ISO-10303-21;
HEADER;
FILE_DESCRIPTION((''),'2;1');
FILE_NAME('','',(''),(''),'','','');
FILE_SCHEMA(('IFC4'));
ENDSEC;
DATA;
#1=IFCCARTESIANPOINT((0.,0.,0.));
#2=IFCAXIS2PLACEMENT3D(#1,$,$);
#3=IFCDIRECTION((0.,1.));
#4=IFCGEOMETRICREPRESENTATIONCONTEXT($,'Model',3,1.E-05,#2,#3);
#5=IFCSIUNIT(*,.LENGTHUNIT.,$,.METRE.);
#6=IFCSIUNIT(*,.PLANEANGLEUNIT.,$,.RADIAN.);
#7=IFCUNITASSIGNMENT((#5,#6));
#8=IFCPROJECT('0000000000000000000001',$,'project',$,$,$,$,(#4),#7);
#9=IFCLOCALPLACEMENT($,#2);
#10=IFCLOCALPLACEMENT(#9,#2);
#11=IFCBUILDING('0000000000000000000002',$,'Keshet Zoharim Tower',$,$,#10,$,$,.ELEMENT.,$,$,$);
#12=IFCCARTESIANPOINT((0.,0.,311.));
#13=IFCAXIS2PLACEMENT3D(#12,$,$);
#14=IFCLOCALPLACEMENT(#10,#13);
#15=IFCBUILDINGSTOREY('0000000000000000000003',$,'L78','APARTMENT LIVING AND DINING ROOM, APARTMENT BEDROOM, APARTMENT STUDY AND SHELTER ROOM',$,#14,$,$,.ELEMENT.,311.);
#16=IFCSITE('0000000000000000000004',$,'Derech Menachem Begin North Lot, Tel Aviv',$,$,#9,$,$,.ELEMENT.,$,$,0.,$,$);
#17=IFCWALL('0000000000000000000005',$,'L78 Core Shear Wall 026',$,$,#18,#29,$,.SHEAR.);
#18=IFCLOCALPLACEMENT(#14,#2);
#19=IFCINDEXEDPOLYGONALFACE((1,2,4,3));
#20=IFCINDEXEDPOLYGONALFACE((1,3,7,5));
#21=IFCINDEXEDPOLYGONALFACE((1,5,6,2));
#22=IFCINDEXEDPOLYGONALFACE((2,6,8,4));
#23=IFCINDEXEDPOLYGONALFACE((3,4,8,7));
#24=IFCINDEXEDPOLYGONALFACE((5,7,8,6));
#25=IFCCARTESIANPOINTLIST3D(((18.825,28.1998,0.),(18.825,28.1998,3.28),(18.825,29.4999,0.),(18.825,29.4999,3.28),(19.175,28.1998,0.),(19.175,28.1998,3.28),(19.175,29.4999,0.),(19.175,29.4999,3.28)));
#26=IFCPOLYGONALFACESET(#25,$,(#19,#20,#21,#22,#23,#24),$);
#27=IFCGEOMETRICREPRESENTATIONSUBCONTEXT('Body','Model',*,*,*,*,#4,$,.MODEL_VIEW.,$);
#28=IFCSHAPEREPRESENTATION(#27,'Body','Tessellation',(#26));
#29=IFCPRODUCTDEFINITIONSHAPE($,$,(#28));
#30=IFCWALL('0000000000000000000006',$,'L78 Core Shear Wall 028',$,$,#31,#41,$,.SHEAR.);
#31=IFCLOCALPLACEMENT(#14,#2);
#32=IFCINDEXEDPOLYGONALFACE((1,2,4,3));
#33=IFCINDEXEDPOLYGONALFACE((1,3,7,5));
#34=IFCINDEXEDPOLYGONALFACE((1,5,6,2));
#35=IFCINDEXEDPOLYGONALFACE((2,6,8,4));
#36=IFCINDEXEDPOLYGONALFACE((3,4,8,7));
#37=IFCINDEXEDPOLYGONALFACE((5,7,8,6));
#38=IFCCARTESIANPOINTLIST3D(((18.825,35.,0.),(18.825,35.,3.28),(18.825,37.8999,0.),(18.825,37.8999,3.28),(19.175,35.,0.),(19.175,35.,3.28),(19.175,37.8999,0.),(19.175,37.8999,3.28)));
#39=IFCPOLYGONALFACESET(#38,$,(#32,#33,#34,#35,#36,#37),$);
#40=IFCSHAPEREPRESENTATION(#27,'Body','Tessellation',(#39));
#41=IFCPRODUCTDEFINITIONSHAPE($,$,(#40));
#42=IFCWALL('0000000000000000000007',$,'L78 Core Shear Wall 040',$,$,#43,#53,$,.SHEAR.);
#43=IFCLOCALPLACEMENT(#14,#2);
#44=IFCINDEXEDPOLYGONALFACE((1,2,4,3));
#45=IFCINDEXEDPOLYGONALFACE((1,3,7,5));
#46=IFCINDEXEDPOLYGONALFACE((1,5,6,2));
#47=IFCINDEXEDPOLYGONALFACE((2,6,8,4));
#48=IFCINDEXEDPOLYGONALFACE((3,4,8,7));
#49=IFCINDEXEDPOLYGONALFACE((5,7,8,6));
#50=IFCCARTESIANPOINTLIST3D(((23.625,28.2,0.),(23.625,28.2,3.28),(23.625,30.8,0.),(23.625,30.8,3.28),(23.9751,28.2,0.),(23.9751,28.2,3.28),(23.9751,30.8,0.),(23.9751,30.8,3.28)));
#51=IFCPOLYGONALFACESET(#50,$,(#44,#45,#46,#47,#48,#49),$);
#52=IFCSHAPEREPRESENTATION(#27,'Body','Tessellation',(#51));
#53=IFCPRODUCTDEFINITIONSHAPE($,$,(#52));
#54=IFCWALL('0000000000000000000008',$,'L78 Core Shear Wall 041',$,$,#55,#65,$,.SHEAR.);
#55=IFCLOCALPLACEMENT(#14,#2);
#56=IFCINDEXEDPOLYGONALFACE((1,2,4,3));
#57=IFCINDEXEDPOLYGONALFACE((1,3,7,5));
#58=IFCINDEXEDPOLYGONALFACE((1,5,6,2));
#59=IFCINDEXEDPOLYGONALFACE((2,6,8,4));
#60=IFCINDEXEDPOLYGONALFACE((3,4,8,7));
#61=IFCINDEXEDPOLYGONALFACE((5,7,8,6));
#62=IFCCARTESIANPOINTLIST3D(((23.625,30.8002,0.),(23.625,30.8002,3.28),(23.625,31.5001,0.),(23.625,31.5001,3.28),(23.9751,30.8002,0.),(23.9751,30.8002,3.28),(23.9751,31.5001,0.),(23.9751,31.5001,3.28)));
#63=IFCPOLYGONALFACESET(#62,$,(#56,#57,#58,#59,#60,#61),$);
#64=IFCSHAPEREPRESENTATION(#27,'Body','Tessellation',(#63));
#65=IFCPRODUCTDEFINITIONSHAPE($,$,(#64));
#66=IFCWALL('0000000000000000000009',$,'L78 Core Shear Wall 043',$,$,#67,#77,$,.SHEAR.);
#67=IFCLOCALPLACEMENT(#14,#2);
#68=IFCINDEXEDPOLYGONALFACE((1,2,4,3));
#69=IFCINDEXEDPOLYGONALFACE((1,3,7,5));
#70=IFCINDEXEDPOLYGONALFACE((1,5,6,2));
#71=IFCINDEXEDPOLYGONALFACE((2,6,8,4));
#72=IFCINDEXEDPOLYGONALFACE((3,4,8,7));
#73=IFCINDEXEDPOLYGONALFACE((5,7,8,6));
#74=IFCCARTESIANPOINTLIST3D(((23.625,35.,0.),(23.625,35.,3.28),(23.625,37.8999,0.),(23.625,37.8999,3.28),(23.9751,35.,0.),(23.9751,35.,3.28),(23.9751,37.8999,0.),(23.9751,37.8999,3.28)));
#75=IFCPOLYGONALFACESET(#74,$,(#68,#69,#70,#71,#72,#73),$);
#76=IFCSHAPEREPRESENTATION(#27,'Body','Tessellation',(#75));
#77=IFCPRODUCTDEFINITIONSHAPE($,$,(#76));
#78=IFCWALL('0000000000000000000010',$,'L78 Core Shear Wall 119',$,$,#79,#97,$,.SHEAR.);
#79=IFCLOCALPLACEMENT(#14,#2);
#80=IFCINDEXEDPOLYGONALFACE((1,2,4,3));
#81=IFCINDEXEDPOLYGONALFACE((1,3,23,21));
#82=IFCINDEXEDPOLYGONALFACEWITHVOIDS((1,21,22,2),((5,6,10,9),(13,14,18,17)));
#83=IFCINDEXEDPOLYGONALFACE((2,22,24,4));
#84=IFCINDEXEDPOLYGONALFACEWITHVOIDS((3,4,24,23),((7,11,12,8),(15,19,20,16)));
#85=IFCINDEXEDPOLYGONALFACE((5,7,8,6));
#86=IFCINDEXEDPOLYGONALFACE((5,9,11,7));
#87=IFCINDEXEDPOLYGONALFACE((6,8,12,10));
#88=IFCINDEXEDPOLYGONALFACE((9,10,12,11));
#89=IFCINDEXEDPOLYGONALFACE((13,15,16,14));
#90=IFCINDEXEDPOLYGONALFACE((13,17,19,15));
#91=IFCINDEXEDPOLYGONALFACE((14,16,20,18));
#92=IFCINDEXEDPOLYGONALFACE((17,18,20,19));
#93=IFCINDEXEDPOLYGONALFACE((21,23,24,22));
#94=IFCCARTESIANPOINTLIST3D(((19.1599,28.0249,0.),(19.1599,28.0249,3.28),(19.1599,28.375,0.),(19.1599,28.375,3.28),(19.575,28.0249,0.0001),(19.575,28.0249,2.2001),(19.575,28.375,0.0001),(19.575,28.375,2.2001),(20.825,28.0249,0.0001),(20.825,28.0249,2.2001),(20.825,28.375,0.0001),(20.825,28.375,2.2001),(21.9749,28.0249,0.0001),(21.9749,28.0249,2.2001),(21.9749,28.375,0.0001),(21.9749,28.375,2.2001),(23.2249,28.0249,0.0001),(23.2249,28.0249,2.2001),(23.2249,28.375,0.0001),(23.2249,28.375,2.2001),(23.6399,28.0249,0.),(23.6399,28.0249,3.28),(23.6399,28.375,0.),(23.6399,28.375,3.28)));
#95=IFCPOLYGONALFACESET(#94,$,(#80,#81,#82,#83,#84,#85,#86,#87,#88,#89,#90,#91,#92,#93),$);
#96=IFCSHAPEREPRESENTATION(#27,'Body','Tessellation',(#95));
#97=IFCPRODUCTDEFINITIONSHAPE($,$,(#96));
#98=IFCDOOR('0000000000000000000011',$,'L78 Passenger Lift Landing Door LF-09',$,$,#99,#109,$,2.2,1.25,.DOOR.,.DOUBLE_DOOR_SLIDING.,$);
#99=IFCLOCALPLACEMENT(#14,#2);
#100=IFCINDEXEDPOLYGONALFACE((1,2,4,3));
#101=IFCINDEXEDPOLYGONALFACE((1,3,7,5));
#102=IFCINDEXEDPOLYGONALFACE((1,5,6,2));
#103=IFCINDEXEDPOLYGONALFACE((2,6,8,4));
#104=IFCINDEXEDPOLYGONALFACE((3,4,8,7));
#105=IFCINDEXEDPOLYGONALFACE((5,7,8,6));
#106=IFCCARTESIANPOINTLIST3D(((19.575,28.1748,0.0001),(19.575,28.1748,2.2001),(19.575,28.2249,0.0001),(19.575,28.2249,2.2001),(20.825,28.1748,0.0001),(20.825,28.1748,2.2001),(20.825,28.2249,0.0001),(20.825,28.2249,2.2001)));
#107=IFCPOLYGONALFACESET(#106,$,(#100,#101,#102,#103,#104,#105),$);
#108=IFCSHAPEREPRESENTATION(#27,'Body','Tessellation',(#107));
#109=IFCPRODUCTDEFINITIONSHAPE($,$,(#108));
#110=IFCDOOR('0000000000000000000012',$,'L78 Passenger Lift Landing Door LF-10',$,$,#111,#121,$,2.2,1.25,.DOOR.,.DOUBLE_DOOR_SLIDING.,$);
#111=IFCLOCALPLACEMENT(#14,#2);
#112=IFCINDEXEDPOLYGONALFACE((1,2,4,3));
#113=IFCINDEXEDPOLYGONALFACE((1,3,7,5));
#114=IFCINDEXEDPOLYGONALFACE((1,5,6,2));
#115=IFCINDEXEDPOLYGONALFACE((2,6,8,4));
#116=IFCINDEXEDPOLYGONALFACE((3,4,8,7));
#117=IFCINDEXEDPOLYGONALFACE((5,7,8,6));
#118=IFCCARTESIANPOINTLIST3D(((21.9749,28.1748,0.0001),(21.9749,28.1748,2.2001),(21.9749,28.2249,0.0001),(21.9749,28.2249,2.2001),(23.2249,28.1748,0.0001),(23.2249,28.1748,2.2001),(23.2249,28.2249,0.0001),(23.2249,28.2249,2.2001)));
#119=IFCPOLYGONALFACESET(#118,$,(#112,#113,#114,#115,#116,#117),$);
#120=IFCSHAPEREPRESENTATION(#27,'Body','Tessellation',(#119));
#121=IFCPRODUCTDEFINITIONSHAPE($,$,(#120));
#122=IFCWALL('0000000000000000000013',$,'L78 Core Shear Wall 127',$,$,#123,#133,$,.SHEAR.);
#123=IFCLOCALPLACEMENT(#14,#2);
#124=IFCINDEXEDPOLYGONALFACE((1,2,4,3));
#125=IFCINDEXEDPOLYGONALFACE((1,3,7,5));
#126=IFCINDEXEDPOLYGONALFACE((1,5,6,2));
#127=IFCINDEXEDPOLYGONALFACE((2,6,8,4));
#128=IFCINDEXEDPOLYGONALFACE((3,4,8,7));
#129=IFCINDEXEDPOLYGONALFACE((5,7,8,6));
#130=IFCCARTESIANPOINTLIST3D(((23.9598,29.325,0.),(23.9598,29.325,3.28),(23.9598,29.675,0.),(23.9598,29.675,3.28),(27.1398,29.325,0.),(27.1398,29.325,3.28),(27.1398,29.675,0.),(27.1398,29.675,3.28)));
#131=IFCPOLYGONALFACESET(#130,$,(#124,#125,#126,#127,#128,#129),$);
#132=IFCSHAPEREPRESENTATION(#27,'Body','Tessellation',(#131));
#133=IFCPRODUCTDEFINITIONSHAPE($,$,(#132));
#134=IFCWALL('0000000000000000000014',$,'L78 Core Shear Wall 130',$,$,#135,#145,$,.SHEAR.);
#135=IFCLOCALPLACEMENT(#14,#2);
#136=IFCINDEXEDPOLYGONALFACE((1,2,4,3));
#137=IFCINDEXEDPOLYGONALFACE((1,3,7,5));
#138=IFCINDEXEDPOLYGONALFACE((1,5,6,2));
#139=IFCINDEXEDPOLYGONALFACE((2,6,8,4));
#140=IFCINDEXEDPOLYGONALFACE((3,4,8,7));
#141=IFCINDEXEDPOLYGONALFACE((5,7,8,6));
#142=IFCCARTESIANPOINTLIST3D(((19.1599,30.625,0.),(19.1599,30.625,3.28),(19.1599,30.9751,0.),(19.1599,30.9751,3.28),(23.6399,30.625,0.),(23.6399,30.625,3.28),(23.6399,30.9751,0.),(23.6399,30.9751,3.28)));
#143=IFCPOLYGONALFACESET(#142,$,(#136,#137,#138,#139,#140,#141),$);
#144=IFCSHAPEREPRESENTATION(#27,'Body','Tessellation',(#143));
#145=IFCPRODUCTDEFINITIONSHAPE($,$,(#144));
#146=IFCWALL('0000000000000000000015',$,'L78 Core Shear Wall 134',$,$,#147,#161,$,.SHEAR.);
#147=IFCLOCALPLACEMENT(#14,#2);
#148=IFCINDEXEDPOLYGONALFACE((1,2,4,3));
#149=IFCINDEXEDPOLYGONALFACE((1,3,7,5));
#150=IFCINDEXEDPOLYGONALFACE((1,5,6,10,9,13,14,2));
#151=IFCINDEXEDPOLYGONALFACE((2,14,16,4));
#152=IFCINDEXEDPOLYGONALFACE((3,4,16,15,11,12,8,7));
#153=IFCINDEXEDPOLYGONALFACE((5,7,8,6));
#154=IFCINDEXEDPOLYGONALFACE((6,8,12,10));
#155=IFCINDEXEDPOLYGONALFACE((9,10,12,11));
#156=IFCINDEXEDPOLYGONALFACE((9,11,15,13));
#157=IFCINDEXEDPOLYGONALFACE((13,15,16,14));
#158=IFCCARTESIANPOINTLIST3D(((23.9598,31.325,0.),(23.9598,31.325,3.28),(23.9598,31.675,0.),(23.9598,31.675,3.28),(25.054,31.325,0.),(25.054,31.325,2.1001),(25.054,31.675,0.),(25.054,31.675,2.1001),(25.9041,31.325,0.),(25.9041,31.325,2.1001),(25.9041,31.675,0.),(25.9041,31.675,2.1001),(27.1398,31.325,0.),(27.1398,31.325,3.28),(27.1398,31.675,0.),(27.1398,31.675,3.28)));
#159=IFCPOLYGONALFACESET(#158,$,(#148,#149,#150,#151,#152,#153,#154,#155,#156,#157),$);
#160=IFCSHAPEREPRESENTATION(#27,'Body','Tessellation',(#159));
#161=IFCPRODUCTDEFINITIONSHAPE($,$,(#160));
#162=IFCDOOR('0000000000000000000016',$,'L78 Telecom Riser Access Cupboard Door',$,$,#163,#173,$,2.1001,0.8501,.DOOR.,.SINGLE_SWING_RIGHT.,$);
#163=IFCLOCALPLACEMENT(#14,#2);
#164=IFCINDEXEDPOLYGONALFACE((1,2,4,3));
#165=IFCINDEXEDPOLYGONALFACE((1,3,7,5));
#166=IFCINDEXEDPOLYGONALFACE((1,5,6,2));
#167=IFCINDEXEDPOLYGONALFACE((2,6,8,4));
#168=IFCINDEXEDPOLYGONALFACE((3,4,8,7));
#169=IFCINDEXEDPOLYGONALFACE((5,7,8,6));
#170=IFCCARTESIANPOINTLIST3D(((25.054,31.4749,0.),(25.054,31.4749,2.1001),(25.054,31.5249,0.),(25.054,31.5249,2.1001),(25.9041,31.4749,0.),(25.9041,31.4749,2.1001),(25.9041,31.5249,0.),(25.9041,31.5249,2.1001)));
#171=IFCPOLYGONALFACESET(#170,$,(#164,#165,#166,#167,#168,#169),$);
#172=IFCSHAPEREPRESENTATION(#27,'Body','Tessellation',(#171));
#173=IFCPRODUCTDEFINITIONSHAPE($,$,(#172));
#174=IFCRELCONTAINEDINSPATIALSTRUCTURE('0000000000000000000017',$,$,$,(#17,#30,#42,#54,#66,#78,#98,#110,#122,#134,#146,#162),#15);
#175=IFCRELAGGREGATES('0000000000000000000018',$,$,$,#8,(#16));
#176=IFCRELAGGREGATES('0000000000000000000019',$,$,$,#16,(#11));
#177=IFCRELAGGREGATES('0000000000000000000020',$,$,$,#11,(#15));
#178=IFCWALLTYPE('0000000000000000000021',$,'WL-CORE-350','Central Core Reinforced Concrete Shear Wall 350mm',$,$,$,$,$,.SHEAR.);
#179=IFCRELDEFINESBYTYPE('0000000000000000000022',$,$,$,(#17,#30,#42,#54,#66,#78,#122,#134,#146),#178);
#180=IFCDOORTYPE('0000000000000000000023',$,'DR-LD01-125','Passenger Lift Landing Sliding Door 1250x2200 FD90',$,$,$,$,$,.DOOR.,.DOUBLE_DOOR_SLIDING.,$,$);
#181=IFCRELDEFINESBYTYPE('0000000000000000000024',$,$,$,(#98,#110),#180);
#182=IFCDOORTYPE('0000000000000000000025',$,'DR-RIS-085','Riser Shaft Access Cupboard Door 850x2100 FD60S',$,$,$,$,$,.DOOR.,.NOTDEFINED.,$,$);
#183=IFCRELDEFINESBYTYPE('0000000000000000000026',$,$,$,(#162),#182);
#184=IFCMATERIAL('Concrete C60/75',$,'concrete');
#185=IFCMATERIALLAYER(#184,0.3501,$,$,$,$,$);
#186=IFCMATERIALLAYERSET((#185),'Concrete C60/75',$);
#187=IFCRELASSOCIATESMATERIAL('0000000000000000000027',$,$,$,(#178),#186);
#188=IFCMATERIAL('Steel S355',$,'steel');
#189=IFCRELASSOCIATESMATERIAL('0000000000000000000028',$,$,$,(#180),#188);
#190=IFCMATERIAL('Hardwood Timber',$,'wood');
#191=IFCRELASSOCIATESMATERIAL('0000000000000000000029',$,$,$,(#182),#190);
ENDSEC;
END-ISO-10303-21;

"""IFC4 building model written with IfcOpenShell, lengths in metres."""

from ifc_helpers import new_model, si_unit, direction, frame, frame_2d, origin, place, context, subcontext, project, spatial, rectangle, extrude, material, layer, layer_set, type_object, element, fill, save


model = new_model("IFC4")

# Units and contexts
model_context = context("Model", 3, precision=1e-05, world=origin(), true_north=direction((0.0, 1.0)))
body_context = subcontext(model_context, "Body", "Model", "MODEL_VIEW")
ifc_project = project(units=[si_unit("LENGTHUNIT", "METRE"), si_unit("PLANEANGLEUNIT", "RADIAN")], contexts=[model_context])

# Site, building, storey
site_placement = place(None, origin())
site = spatial("IfcSite", under=ifc_project, at=site_placement, Name="Derech Menachem Begin North Lot, Tel Aviv", CompositionType="ELEMENT", RefElevation=0.0)
building_placement = place(site_placement, origin())
building = spatial("IfcBuilding", under=site, at=building_placement, Name="Keshet Zoharim Tower", CompositionType="ELEMENT")
storey_placement = place(building_placement, frame((0.0, 0.0, 311.0)))
storey = spatial("IfcBuildingStorey", under=building, at=storey_placement, Name="L78", Description="APARTMENT LIVING AND DINING ROOM, APARTMENT BEDROOM, APARTMENT STUDY AND SHELTER ROOM", CompositionType="ELEMENT", Elevation=311.0)

# Wall
ifc_material_1 = material(Name="Concrete C60/75", Category="concrete")
ifc_layer_1 = layer(ifc_material_1, 0.3501)
ifc_layer_set_1 = layer_set([ifc_layer_1], Name="Concrete C60/75")
wall_type_1 = type_object("IfcWallType", Name="WL-CORE-350", Description="Central Core Reinforced Concrete Shear Wall 350mm", PredefinedType="SHEAR", material=ifc_layer_set_1)
wall_1_placement = place(storey_placement, frame((19.0, 28.2, 0.0), z_axis=(0.0, 0.0, 1.0), x_axis=(0.0, 1.0, 0.0)))
element("IfcWall", 1, at=wall_1_placement, inside=storey, type_object=wall_type_1, Name="L78 Core Shear Wall 026", PredefinedType="SHEAR", context=body_context, shape_type="SweptSolid", body=[
    extrude(rectangle(XDim=1.3, YDim=0.3501, at=frame_2d((0.6499, 0.0))), origin(), (0.0, 0.0, 1.0), 3.28),
])

# Shared definitions
ifc_material_2 = material(Name="Hardwood Timber", Category="wood")

# Walls
wall_2_placement = place(storey_placement, frame((19.0, 35.0, 0.0), z_axis=(0.0, 0.0, 1.0), x_axis=(0.0, 1.0, 0.0)))
element("IfcWall", 2, at=wall_2_placement, inside=storey, type_object=wall_type_1, Name="L78 Core Shear Wall 028", PredefinedType="SHEAR", context=body_context, shape_type="SweptSolid", body=[
    extrude(rectangle(XDim=2.8999, YDim=0.3501, at=frame_2d((1.45, 0.0))), origin(), (0.0, 0.0, 1.0), 3.28),
])
wall_3_placement = place(storey_placement, frame((23.8, 28.2, 0.0), z_axis=(0.0, 0.0, 1.0), x_axis=(0.0, 1.0, 0.0)))
element("IfcWall", 3, at=wall_3_placement, inside=storey, type_object=wall_type_1, Name="L78 Core Shear Wall 040", PredefinedType="SHEAR", context=body_context, shape_type="SweptSolid", body=[
    extrude(rectangle(XDim=2.6001, YDim=0.3501, at=frame_2d((1.3, 0.0))), origin(), (0.0, 0.0, 1.0), 3.28),
])
wall_4_placement = place(storey_placement, frame((23.8, 30.8, 0.0), z_axis=(0.0, 0.0, 1.0), x_axis=(0.0, 1.0, 0.0)))
element("IfcWall", 4, at=wall_4_placement, inside=storey, type_object=wall_type_1, Name="L78 Core Shear Wall 041", PredefinedType="SHEAR", context=body_context, shape_type="SweptSolid", body=[
    extrude(rectangle(XDim=0.7, YDim=0.3501, at=frame_2d((0.3501, 0.0))), origin(), (0.0, 0.0, 1.0), 3.28),
])

# Wall
wall_5_placement = place(storey_placement, frame((23.8, 35.0, 0.0), z_axis=(0.0, 0.0, 1.0), x_axis=(0.0, 1.0, 0.0)))
element("IfcWall", 5, at=wall_5_placement, inside=storey, type_object=wall_type_1, Name="L78 Core Shear Wall 043", PredefinedType="SHEAR", context=body_context, shape_type="SweptSolid", body=[
    extrude(rectangle(XDim=2.8999, YDim=0.3501, at=frame_2d((1.45, 0.0))), origin(), (0.0, 0.0, 1.0), 3.28),
])

# Wall, openings, doors
wall_6_placement = place(storey_placement, frame((19.1599, 28.2, 0.0), z_axis=(0.0, 0.0, 1.0), x_axis=(1.0, 0.0, 0.0)))
wall_6 = element("IfcWall", 6, at=wall_6_placement, inside=storey, type_object=wall_type_1, Name="L78 Core Shear Wall 119", PredefinedType="SHEAR", context=body_context, shape_type="SweptSolid", body=[
    extrude(rectangle(XDim=4.48, YDim=0.3501, at=frame_2d((2.24, 0.0))), origin(), (0.0, 0.0, 1.0), 3.28),
])
opening_1_placement = place(wall_6_placement, frame((0.415, 0.0, 0.0)))
opening_1 = element("IfcOpeningElement", 7, at=opening_1_placement, cuts=wall_6, PredefinedType="OPENING", context=body_context, shape_type="SweptSolid", body=[
    extrude(rectangle(XDim=1.25, YDim=2.2, at=frame_2d((0.625, 1.1001))), frame((0.0, 0.1851, 0.0), z_axis=(0.0, -1.0, 0.0), x_axis=(1.0, 0.0, 0.0)), (0.0, 0.0, 1.0), 0.3701),
])
opening_2_placement = place(wall_6_placement, frame((2.8149, 0.0, 0.0)))
opening_2 = element("IfcOpeningElement", 8, at=opening_2_placement, cuts=wall_6, PredefinedType="OPENING", context=body_context, shape_type="SweptSolid", body=[
    extrude(rectangle(XDim=1.25, YDim=2.2, at=frame_2d((0.625, 1.1001))), frame((0.0, 0.1851, 0.0), z_axis=(0.0, -1.0, 0.0), x_axis=(1.0, 0.0, 0.0)), (0.0, 0.0, 1.0), 0.3701),
])
ifc_material_3 = material(Name="Steel S355", Category="steel")
door_type_1 = type_object("IfcDoorType", Name="DR-LD01-125", Description="Passenger Lift Landing Sliding Door 1250x2200 FD90", OperationType="DOUBLE_DOOR_SLIDING", PredefinedType="DOOR", material=ifc_material_3)
door_1_placement = place(opening_1_placement, origin())
door_1 = element("IfcDoor", 9, at=door_1_placement, inside=storey, type_object=door_type_1, Name="L78 Passenger Lift Landing Door LF-09", OperationType="DOUBLE_DOOR_SLIDING", OverallHeight=2.2, OverallWidth=1.25, PredefinedType="DOOR", context=body_context, shape_type="SweptSolid", body=[
    extrude(rectangle(XDim=1.25, YDim=2.2, at=frame_2d((0.625, 1.1001))), frame((0.0, 0.0249, 0.0), z_axis=(0.0, -1.0, 0.0), x_axis=(1.0, 0.0, 0.0)), (0.0, 0.0, 1.0), 0.05),
])
fill(opening_1, door_1)
door_2_placement = place(opening_2_placement, origin())
door_2 = element("IfcDoor", 10, at=door_2_placement, inside=storey, type_object=door_type_1, Name="L78 Passenger Lift Landing Door LF-10", OperationType="DOUBLE_DOOR_SLIDING", OverallHeight=2.2, OverallWidth=1.25, PredefinedType="DOOR", context=body_context, shape_type="SweptSolid", body=[
    extrude(rectangle(XDim=1.25, YDim=2.2, at=frame_2d((0.625, 1.1001))), frame((0.0, 0.0249, 0.0), z_axis=(0.0, -1.0, 0.0), x_axis=(1.0, 0.0, 0.0)), (0.0, 0.0, 1.0), 0.05),
])
fill(opening_2, door_2)

# Walls
wall_7_placement = place(storey_placement, frame((23.96, 29.5, 0.0), z_axis=(0.0, 0.0, 1.0), x_axis=(1.0, 0.0, 0.0)))
element("IfcWall", 11, at=wall_7_placement, inside=storey, type_object=wall_type_1, Name="L78 Core Shear Wall 127", PredefinedType="SHEAR", context=body_context, shape_type="SweptSolid", body=[
    extrude(rectangle(XDim=3.1799, YDim=0.3501, at=frame_2d((1.5898, 0.0))), origin(), (0.0, 0.0, 1.0), 3.28),
])
wall_8_placement = place(storey_placement, frame((19.1599, 30.8, 0.0), z_axis=(0.0, 0.0, 1.0), x_axis=(1.0, 0.0, 0.0)))
element("IfcWall", 12, at=wall_8_placement, inside=storey, type_object=wall_type_1, Name="L78 Core Shear Wall 130", PredefinedType="SHEAR", context=body_context, shape_type="SweptSolid", body=[
    extrude(rectangle(XDim=4.48, YDim=0.3501, at=frame_2d((2.24, 0.0))), origin(), (0.0, 0.0, 1.0), 3.28),
])

# Wall, opening, door
wall_9_placement = place(storey_placement, frame((23.96, 31.5, 0.0), z_axis=(0.0, 0.0, 1.0), x_axis=(1.0, 0.0, 0.0)))
wall_9 = element("IfcWall", 13, at=wall_9_placement, inside=storey, type_object=wall_type_1, Name="L78 Core Shear Wall 134", PredefinedType="SHEAR", context=body_context, shape_type="SweptSolid", body=[
    extrude(rectangle(XDim=3.1799, YDim=0.3501, at=frame_2d((1.5898, 0.0))), origin(), (0.0, 0.0, 1.0), 3.28),
])
opening_3_placement = place(wall_9_placement, frame((1.094, 0.0, 0.0)))
opening_3 = element("IfcOpeningElement", 14, at=opening_3_placement, cuts=wall_9, PredefinedType="OPENING", context=body_context, shape_type="SweptSolid", body=[
    extrude(rectangle(XDim=0.8501, YDim=2.1001, at=frame_2d((0.425, 1.05))), frame((0.0, 0.1851, 0.0), z_axis=(0.0, -1.0, 0.0), x_axis=(1.0, 0.0, 0.0)), (0.0, 0.0, 1.0), 0.3701),
])
door_type_2 = type_object("IfcDoorType", Name="DR-RIS-085", Description="Riser Shaft Access Cupboard Door 850x2100 FD60S", OperationType="NOTDEFINED", PredefinedType="DOOR", material=ifc_material_2)
door_3_placement = place(opening_3_placement, origin())
door_3 = element("IfcDoor", 15, at=door_3_placement, inside=storey, type_object=door_type_2, Name="L78 Telecom Riser Access Cupboard Door", OperationType="SINGLE_SWING_RIGHT", OverallHeight=2.1001, OverallWidth=0.8501, PredefinedType="DOOR", context=body_context, shape_type="SweptSolid", body=[
    extrude(rectangle(XDim=0.8501, YDim=2.1001, at=frame_2d((0.425, 1.05))), frame((0.0, 0.0249, 0.0), z_axis=(0.0, -1.0, 0.0), x_axis=(1.0, 0.0, 0.0)), (0.0, 0.0, 1.0), 0.05),
])
fill(opening_3, door_3)

save(model, "model.ifc")
